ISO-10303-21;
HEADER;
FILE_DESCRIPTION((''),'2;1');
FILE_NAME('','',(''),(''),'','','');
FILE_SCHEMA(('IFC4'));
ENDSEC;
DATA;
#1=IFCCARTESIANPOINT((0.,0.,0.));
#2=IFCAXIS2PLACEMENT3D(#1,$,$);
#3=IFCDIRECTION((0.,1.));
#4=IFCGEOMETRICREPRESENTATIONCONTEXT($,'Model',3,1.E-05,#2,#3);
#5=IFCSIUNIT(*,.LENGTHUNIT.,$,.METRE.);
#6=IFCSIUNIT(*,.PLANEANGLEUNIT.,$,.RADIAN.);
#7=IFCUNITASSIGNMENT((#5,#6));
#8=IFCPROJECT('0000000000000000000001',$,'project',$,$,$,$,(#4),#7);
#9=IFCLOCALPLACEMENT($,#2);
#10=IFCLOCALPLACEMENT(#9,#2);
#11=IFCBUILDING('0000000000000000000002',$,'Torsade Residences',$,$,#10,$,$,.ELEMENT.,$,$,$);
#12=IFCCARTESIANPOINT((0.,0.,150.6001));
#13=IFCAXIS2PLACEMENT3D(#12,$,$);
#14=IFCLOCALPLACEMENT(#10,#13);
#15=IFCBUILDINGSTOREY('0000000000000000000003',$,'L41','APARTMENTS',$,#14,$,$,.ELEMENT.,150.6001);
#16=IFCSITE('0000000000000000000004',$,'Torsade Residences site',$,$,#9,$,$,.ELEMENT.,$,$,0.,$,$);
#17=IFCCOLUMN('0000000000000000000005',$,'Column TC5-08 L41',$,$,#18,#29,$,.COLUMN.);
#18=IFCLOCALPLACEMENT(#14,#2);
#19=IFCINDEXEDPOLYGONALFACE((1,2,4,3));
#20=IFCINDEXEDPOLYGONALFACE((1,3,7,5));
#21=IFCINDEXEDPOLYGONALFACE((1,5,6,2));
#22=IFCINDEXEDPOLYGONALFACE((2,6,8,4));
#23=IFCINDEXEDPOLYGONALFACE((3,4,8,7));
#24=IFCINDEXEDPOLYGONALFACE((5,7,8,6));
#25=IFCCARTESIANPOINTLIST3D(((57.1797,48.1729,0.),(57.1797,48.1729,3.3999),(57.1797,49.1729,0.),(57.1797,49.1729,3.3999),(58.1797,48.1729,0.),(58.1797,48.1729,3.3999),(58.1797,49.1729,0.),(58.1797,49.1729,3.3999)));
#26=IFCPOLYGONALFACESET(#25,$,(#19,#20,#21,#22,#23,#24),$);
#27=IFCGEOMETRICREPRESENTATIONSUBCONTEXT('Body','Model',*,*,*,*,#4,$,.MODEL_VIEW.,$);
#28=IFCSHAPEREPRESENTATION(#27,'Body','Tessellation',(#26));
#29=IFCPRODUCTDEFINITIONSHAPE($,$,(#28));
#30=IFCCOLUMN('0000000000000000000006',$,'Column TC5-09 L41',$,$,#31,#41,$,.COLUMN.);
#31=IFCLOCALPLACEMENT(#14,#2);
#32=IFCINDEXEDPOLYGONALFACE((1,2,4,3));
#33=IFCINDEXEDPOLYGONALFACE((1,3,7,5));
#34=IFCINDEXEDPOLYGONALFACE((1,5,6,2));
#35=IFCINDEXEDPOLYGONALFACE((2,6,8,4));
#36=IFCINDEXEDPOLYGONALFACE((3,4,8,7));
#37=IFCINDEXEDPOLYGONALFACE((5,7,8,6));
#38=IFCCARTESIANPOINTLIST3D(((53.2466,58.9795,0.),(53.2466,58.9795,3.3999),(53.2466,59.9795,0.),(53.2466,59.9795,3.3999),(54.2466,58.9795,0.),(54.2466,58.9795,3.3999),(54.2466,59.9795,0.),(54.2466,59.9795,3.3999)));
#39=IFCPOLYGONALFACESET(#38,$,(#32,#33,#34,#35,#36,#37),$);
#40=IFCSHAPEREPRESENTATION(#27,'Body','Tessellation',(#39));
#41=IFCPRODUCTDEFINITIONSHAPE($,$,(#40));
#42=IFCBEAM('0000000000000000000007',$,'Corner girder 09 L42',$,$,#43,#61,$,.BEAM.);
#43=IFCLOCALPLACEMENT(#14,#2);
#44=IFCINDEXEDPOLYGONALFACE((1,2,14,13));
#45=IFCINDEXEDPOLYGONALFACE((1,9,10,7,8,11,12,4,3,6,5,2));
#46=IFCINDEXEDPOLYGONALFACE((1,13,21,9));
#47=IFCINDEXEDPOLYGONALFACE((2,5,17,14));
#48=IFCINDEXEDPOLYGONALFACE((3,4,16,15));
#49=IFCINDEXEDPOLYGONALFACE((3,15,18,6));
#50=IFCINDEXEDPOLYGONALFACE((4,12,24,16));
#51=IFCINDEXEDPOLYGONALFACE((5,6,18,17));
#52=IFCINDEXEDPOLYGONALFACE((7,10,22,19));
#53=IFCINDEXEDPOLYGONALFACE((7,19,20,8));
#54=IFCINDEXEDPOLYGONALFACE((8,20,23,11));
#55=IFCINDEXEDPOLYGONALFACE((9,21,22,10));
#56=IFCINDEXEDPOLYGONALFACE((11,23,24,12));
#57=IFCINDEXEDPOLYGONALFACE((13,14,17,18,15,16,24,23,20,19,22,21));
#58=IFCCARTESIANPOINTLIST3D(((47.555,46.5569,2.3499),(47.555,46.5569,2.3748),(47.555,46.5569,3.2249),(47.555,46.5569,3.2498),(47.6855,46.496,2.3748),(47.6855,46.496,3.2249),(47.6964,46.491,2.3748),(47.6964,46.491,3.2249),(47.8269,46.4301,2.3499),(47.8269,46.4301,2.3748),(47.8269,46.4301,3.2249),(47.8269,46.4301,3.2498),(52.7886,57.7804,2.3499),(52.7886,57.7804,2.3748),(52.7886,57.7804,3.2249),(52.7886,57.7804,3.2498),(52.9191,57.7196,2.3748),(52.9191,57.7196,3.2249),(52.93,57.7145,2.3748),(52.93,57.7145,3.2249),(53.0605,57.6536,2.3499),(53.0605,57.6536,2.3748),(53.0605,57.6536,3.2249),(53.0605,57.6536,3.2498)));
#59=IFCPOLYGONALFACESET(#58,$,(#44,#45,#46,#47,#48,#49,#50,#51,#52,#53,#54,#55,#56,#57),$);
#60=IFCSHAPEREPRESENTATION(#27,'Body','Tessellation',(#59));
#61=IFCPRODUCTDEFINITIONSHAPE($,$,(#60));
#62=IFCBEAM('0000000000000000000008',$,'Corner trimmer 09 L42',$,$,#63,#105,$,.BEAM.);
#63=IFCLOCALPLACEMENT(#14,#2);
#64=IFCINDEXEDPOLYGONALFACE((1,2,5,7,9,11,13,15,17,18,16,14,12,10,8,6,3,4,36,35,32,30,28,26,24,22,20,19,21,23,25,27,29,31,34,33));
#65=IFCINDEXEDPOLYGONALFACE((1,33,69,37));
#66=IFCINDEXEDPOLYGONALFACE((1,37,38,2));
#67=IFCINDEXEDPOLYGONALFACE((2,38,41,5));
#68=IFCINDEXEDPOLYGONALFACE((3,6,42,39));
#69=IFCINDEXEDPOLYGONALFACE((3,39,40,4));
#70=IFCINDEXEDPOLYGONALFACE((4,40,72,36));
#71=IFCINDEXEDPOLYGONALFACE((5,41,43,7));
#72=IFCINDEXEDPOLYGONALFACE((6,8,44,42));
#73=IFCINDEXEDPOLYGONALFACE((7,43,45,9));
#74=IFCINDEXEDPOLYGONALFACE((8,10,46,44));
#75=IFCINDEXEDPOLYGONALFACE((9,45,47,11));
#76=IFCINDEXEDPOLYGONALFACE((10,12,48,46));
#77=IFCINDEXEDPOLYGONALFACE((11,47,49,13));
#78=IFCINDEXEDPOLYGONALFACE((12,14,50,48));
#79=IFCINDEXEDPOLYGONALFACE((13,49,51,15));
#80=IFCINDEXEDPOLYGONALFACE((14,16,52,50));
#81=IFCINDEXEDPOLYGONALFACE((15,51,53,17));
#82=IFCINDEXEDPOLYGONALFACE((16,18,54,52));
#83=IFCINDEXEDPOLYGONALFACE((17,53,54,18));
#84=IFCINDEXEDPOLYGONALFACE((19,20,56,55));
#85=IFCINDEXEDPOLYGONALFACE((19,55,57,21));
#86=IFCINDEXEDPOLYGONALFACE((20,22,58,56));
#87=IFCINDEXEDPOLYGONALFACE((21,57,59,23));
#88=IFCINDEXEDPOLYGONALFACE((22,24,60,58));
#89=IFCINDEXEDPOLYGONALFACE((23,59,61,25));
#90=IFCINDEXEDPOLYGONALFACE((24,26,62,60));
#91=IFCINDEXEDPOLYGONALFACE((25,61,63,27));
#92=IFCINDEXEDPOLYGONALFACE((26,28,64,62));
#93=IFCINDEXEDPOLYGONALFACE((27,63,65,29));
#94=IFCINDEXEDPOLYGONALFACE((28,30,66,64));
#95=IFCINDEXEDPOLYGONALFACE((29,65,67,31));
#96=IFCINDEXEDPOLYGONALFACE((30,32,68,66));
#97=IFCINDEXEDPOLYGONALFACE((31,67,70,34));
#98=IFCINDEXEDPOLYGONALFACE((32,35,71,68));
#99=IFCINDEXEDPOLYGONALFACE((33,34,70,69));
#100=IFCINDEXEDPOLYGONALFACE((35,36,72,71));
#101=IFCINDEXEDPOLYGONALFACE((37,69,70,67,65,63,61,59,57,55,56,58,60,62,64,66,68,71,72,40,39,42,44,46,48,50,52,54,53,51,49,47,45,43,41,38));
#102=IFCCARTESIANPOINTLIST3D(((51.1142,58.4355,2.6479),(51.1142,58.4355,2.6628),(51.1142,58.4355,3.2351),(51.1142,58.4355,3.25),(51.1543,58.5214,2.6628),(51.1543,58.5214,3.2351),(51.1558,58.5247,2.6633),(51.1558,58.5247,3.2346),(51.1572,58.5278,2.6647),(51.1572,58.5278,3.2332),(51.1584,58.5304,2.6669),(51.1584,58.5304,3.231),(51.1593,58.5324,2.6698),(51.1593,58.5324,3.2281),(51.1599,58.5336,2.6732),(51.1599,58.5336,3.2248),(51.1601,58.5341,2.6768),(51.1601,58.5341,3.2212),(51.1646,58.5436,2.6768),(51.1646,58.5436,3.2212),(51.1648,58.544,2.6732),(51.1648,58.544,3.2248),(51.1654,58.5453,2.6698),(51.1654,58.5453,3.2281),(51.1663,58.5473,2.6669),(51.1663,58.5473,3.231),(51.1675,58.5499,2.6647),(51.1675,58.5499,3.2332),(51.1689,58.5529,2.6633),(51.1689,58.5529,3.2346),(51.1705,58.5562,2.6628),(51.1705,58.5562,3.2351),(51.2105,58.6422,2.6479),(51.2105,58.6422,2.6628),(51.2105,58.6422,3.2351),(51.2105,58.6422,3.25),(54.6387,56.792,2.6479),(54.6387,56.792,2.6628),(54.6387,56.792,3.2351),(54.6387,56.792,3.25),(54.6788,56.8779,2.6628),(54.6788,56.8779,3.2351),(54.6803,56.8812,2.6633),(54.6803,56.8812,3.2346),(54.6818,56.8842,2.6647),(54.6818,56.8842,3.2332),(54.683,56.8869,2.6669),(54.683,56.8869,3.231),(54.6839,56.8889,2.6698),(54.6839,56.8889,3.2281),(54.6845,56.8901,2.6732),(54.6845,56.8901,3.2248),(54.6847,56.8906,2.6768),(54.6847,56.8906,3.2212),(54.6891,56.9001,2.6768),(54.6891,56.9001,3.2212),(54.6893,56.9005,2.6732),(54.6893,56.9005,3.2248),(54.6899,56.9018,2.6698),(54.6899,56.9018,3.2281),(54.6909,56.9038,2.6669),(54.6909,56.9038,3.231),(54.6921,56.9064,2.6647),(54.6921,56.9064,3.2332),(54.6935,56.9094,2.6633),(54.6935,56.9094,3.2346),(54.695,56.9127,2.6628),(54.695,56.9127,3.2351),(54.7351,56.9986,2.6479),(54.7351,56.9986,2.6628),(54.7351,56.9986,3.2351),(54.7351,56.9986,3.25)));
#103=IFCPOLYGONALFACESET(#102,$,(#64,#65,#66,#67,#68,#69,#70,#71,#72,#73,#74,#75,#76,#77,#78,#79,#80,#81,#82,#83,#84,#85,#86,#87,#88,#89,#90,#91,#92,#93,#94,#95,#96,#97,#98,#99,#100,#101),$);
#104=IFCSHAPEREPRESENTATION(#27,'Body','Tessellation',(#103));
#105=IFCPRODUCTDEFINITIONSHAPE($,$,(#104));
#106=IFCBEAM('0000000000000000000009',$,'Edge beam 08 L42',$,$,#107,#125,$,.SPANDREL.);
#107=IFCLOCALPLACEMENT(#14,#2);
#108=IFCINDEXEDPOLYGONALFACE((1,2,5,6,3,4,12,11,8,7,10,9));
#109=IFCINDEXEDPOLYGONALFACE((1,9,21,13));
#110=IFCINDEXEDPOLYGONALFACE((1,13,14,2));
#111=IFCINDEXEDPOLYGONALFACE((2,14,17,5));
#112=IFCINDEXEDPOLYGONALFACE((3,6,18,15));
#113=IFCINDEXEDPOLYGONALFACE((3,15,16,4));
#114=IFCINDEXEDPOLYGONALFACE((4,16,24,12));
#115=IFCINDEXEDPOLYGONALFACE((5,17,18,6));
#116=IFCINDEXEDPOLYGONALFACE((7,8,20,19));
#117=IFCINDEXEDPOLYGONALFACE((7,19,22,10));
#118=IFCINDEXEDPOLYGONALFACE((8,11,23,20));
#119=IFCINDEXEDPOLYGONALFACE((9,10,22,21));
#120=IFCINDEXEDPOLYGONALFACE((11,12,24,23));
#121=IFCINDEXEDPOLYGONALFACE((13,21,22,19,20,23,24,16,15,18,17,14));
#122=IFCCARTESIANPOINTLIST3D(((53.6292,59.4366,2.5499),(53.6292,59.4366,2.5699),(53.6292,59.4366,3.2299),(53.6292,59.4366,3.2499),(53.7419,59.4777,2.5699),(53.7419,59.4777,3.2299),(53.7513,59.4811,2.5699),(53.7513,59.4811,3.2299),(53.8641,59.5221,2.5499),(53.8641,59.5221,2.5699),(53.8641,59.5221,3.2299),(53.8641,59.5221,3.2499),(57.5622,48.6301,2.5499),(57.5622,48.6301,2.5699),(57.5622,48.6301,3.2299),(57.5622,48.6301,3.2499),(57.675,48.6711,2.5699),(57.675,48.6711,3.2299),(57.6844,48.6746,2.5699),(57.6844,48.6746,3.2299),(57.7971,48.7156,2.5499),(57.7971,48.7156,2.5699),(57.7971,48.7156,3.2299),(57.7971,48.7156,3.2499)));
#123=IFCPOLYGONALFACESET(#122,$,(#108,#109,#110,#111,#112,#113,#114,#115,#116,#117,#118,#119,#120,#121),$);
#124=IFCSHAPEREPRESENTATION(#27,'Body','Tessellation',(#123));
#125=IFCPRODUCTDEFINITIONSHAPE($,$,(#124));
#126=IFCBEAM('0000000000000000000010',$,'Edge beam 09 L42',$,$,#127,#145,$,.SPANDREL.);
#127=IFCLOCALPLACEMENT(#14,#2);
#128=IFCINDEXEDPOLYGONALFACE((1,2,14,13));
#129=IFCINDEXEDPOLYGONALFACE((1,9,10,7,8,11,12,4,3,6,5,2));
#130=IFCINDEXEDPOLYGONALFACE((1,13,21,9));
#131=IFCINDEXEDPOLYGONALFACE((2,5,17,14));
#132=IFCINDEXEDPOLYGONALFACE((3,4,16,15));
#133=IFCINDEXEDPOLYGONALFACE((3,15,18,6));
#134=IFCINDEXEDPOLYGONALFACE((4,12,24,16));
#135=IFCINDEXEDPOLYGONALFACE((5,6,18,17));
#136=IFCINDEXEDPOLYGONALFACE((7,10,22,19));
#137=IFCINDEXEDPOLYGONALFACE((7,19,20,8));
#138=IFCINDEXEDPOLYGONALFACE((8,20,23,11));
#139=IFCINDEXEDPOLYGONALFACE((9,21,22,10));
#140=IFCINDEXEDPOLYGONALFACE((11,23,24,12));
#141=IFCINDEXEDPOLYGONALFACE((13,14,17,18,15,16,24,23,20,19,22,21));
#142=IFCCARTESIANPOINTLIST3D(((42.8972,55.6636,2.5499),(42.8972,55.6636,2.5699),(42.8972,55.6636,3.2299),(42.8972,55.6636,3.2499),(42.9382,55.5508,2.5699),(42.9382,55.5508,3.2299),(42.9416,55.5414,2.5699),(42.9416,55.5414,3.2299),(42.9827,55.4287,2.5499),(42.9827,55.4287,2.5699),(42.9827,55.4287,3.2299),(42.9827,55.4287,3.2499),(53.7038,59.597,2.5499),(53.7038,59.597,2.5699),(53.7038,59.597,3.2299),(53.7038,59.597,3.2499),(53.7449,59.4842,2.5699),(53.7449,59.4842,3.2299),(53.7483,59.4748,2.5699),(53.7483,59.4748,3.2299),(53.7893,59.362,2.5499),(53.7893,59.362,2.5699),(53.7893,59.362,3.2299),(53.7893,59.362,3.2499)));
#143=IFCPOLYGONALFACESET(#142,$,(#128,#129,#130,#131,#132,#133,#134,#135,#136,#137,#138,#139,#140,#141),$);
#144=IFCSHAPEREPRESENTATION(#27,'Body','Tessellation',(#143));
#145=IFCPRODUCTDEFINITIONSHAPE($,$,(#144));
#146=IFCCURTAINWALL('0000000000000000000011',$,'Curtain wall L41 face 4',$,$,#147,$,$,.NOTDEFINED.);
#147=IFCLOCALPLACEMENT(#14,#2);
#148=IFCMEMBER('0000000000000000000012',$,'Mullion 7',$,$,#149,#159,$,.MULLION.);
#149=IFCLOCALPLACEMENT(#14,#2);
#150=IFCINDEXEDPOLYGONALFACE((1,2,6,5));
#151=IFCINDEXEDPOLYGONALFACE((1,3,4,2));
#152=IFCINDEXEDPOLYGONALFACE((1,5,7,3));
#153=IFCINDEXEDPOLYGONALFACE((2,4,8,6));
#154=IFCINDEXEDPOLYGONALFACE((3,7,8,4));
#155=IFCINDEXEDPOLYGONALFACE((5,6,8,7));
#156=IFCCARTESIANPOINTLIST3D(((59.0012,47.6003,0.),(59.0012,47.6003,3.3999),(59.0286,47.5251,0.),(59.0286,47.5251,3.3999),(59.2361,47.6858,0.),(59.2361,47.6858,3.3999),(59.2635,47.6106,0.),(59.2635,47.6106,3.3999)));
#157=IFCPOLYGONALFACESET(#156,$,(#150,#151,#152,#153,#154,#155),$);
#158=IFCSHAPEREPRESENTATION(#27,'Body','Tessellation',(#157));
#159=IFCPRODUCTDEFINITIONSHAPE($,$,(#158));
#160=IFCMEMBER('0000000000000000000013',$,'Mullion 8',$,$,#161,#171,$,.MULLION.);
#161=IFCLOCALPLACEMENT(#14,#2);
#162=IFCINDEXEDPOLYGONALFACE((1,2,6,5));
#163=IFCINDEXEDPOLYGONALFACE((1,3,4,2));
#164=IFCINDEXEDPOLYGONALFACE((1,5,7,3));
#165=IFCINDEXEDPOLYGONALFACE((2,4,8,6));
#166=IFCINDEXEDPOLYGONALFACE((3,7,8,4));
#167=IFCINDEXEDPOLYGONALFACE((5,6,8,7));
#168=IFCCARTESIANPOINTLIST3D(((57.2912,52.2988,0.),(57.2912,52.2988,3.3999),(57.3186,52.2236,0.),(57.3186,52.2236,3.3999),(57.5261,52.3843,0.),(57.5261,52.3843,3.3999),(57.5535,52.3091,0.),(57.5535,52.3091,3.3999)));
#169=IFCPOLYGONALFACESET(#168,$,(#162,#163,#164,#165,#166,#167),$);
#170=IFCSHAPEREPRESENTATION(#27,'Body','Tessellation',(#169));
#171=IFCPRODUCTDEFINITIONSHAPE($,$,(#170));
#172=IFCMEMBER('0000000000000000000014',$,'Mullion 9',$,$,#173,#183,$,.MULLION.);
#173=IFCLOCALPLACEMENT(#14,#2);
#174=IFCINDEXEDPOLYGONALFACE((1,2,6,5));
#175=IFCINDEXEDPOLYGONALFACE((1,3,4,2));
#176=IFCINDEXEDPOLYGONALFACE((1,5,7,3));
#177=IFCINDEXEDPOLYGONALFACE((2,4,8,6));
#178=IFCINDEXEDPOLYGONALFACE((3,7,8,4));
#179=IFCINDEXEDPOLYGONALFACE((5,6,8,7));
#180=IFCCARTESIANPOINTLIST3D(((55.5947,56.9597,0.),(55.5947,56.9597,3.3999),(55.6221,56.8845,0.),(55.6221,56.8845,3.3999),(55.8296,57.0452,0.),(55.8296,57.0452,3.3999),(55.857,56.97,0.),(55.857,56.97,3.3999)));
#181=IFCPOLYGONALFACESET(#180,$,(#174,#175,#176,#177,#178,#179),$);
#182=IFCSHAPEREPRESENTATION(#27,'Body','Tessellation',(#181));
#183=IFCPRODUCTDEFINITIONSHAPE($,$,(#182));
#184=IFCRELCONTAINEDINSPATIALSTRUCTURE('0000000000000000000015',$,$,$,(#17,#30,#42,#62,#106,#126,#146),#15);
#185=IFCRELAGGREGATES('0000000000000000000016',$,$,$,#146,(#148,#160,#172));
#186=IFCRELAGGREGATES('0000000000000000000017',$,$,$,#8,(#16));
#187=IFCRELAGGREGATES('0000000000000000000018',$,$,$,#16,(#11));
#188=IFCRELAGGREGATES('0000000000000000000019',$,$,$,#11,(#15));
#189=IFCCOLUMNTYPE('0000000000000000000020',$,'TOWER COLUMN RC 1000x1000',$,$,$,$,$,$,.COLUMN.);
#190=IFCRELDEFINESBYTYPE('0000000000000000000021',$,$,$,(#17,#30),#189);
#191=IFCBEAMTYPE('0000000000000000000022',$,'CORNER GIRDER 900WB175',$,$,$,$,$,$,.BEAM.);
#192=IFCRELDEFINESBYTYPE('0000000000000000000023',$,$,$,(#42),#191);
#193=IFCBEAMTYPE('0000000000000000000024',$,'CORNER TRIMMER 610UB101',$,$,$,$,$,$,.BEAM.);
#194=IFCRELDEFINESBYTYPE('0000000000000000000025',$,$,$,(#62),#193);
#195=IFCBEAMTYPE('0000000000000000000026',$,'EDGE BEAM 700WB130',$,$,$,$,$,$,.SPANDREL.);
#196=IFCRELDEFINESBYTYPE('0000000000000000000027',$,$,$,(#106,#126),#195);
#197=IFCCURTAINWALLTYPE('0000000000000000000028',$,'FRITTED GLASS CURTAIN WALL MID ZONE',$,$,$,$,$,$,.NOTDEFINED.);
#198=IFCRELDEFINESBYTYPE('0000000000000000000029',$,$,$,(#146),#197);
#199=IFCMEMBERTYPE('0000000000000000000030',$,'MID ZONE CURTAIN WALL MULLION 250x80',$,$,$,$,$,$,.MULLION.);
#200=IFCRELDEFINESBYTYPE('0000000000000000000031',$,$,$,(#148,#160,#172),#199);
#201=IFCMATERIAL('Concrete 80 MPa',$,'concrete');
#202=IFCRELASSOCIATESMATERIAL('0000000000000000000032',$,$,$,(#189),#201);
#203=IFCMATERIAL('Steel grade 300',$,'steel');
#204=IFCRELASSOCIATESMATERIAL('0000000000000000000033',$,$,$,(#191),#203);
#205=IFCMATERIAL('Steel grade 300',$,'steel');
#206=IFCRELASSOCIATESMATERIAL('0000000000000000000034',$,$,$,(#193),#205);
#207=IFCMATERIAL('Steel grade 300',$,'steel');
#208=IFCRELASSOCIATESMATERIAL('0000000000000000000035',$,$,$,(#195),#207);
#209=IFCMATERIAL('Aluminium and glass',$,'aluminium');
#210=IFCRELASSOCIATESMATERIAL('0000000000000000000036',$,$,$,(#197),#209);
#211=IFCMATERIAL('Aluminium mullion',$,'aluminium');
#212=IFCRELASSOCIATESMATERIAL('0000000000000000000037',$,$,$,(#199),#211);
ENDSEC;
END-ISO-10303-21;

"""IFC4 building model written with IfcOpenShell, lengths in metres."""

from ifc_helpers import new_model, si_unit, direction, frame, origin, origin_2d, place, context, subcontext, project, spatial, rectangle, i_section, extrude, material, material_profile, profile_set, type_object, element, aggregate, save


model = new_model("IFC4")

# Units and contexts
model_context = context("Model", 3, precision=1e-05, world=origin(), true_north=direction((0.0, 1.0)))
body_context = subcontext(model_context, "Body", "Model", "MODEL_VIEW")
ifc_project = project(units=[si_unit("LENGTHUNIT", "METRE"), si_unit("PLANEANGLEUNIT", "RADIAN")], contexts=[model_context])

# Site, building, storey
site_placement = place(None, origin())
site = spatial("IfcSite", under=ifc_project, at=site_placement, Name="Torsade Residences site", CompositionType="ELEMENT", RefElevation=0.0)
building_placement = place(site_placement, origin())
building = spatial("IfcBuilding", under=site, at=building_placement, Name="Torsade Residences", CompositionType="ELEMENT")
storey_placement = place(building_placement, frame((0.0, 0.0, 150.6001)))
storey = spatial("IfcBuildingStorey", under=building, at=storey_placement, Name="L41", Description="APARTMENTS", CompositionType="ELEMENT", Elevation=150.6001)

# Columns
ifc_material_1 = material(Name="Concrete 80 MPa", Category="concrete")
ifc_material_profile_1 = material_profile(ifc_material_1, rectangle(XDim=1.0, YDim=1.0, at=origin_2d()), Name="RC 1000x1000")
ifc_profile_set_1 = profile_set([ifc_material_profile_1], Name="Concrete 80 MPa")
column_type = type_object("IfcColumnType", Name="TOWER COLUMN RC 1000x1000", PredefinedType="COLUMN", material=ifc_profile_set_1)
for number, where, z_axis, x_axis, name in (
    (1, (57.6797, 48.6729, 0.0), (0.0, 0.0, 1.0), (1.0, 0.0, 0.0), "Column TC5-08 L41"),
    (2, (53.7466, 59.4795, 0.0), (0.0, 0.0, 1.0), (1.0, 0.0, 0.0), "Column TC5-09 L41"),
):
    element("IfcColumn", number, at=place(storey_placement, frame(where, z_axis=z_axis, x_axis=x_axis)), inside=storey, type_object=column_type, Name=name, PredefinedType="COLUMN", context=body_context, shape_type="SweptSolid", body=[
        extrude(rectangle(XDim=1.0, YDim=1.0, at=origin_2d()), origin(), (0.0, 0.0, 1.0), 3.3999),
    ])

# Beams
ifc_material_2 = material(Name="Steel grade 300", Category="steel")
ifc_material_profile_2 = material_profile(ifc_material_2, i_section(OverallWidth=0.3, OverallDepth=0.8999, WebThickness=0.012, FlangeThickness=0.0249, at=origin_2d()), Name="900WB175")
ifc_profile_set_2 = profile_set([ifc_material_profile_2], Name="Steel grade 300")
beam_type_1 = type_object("IfcBeamType", Name="CORNER GIRDER 900WB175", PredefinedType="BEAM", material=ifc_profile_set_2)
beam_1_placement = place(storey_placement, frame((52.9246, 57.717, 2.7998), z_axis=(-0.422617, -0.906309, 0.0), x_axis=(0.906309, -0.422617, 0.0)))
element("IfcBeam", 3, at=beam_1_placement, inside=storey, type_object=beam_type_1, Name="Corner girder 09 L42", PredefinedType="BEAM", context=body_context, shape_type="SweptSolid", body=[
    extrude(i_section(OverallWidth=0.3, OverallDepth=0.8999, WebThickness=0.012, FlangeThickness=0.0249, at=origin_2d()), origin(), (0.0, 0.0, 1.0), 12.3838),
])
ifc_material_3 = material(Name="Steel grade 300", Category="steel")
ifc_material_profile_3 = material_profile(ifc_material_3, i_section(OverallWidth=0.228, OverallDepth=0.6021, WebThickness=0.0105, FlangeThickness=0.0149, FilletRadius=0.0139, at=origin_2d()), Name="610UB101")
ifc_profile_set_3 = profile_set([ifc_material_profile_3], Name="Steel grade 300")
beam_type_2 = type_object("IfcBeamType", Name="CORNER TRIMMER 610UB101", PredefinedType="BEAM", material=ifc_profile_set_3)
beam_2_placement = place(storey_placement, frame((51.1624, 58.5388, 2.949), z_axis=(0.90631, -0.422614, 0.0), x_axis=(0.422614, 0.90631, 0.0)))
element("IfcBeam", 4, at=beam_2_placement, inside=storey, type_object=beam_type_2, Name="Corner trimmer 09 L42", PredefinedType="BEAM", context=body_context, shape_type="SweptSolid", body=[
    extrude(i_section(OverallWidth=0.228, OverallDepth=0.6021, WebThickness=0.0105, FlangeThickness=0.0149, FilletRadius=0.0139, at=origin_2d()), origin(), (0.0, 0.0, 1.0), 3.8889),
])
ifc_material_4 = material(Name="Steel grade 300", Category="steel")
ifc_material_profile_4 = material_profile(ifc_material_4, i_section(OverallWidth=0.25, OverallDepth=0.7, WebThickness=0.01, FlangeThickness=0.02, at=origin_2d()), Name="700WB130")
ifc_profile_set_4 = profile_set([ifc_material_profile_4], Name="Steel grade 300")
beam_type_3 = type_object("IfcBeamType", Name="EDGE BEAM 700WB130", PredefinedType="SPANDREL", material=ifc_profile_set_4)
beam_3_placement = place(storey_placement, frame((57.6797, 48.6729, 2.8999), z_axis=(-0.342006, 0.939698, 0.0), x_axis=(-0.939698, -0.342006, 0.0)))
element("IfcBeam", 5, at=beam_3_placement, inside=storey, type_object=beam_type_3, Name="Edge beam 08 L42", PredefinedType="SPANDREL", context=body_context, shape_type="SweptSolid", body=[
    extrude(i_section(OverallWidth=0.25, OverallDepth=0.7, WebThickness=0.01, FlangeThickness=0.02, at=origin_2d()), origin(), (0.0, 0.0, 1.0), 11.5),
])
beam_4_placement = place(storey_placement, frame((53.7466, 59.4795, 2.8999), z_axis=(-0.939691, -0.342024, 0.0), x_axis=(0.342024, -0.939691, 0.0)))
element("IfcBeam", 6, at=beam_4_placement, inside=storey, type_object=beam_type_3, Name="Edge beam 09 L42", PredefinedType="SPANDREL", context=body_context, shape_type="SweptSolid", body=[
    extrude(i_section(OverallWidth=0.25, OverallDepth=0.7, WebThickness=0.01, FlangeThickness=0.02, at=origin_2d()), origin(), (0.0, 0.0, 1.0), 11.5002),
])

# Curtain wall, members
ifc_material_5 = material(Name="Aluminium and glass", Category="aluminium")
curtain_wall_type = type_object("IfcCurtainWallType", Name="FRITTED GLASS CURTAIN WALL MID ZONE", PredefinedType="NOTDEFINED", material=ifc_material_5)
curtain_wall_placement = place(storey_placement, origin())
curtain_wall = element("IfcCurtainWall", 7, at=curtain_wall_placement, inside=storey, type_object=curtain_wall_type, Name="Curtain wall L41 face 4", PredefinedType="NOTDEFINED")
ifc_material_6 = material(Name="Aluminium mullion", Category="aluminium")
ifc_material_profile_5 = material_profile(ifc_material_6, rectangle(XDim=0.25, YDim=0.0801, at=origin_2d()), Name="MID ZONE CURTAIN WALL MULLION 250x80")
ifc_profile_set_5 = profile_set([ifc_material_profile_5], Name="Aluminium mullion")
member_type_1 = type_object("IfcMemberType", Name="MID ZONE CURTAIN WALL MULLION 250x80", PredefinedType="MULLION", material=ifc_profile_set_5)
member_1_placement = place(storey_placement, frame((59.1323, 47.6055, 0.0), z_axis=(0.0, 0.0, 1.0), x_axis=(-0.939693, -0.34202, 0.0)))
member_1 = element("IfcMember", 8, at=member_1_placement, type_object=member_type_1, Name="Mullion 7", PredefinedType="MULLION", context=body_context, shape_type="SweptSolid", body=[
    extrude(rectangle(XDim=0.25, YDim=0.0801, at=origin_2d()), origin(), (0.0, 0.0, 1.0), 3.3999),
])
member_2_placement = place(storey_placement, frame((57.4224, 52.304, 0.0), z_axis=(0.0, 0.0, 1.0), x_axis=(-0.939693, -0.34202, 0.0)))
member_2 = element("IfcMember", 9, at=member_2_placement, type_object=member_type_1, Name="Mullion 8", PredefinedType="MULLION", context=body_context, shape_type="SweptSolid", body=[
    extrude(rectangle(XDim=0.25, YDim=0.0801, at=origin_2d()), origin(), (0.0, 0.0, 1.0), 3.3999),
])
member_3_placement = place(storey_placement, frame((55.7258, 56.9648, 0.0), z_axis=(0.0, 0.0, 1.0), x_axis=(-0.939693, -0.34202, 0.0)))
member_3 = element("IfcMember", 10, at=member_3_placement, type_object=member_type_1, Name="Mullion 9", PredefinedType="MULLION", context=body_context, shape_type="SweptSolid", body=[
    extrude(rectangle(XDim=0.25, YDim=0.0801, at=origin_2d()), origin(), (0.0, 0.0, 1.0), 3.3999),
])

aggregate(curtain_wall, [member_1, member_2, member_3])

save(model, "model.ifc")
